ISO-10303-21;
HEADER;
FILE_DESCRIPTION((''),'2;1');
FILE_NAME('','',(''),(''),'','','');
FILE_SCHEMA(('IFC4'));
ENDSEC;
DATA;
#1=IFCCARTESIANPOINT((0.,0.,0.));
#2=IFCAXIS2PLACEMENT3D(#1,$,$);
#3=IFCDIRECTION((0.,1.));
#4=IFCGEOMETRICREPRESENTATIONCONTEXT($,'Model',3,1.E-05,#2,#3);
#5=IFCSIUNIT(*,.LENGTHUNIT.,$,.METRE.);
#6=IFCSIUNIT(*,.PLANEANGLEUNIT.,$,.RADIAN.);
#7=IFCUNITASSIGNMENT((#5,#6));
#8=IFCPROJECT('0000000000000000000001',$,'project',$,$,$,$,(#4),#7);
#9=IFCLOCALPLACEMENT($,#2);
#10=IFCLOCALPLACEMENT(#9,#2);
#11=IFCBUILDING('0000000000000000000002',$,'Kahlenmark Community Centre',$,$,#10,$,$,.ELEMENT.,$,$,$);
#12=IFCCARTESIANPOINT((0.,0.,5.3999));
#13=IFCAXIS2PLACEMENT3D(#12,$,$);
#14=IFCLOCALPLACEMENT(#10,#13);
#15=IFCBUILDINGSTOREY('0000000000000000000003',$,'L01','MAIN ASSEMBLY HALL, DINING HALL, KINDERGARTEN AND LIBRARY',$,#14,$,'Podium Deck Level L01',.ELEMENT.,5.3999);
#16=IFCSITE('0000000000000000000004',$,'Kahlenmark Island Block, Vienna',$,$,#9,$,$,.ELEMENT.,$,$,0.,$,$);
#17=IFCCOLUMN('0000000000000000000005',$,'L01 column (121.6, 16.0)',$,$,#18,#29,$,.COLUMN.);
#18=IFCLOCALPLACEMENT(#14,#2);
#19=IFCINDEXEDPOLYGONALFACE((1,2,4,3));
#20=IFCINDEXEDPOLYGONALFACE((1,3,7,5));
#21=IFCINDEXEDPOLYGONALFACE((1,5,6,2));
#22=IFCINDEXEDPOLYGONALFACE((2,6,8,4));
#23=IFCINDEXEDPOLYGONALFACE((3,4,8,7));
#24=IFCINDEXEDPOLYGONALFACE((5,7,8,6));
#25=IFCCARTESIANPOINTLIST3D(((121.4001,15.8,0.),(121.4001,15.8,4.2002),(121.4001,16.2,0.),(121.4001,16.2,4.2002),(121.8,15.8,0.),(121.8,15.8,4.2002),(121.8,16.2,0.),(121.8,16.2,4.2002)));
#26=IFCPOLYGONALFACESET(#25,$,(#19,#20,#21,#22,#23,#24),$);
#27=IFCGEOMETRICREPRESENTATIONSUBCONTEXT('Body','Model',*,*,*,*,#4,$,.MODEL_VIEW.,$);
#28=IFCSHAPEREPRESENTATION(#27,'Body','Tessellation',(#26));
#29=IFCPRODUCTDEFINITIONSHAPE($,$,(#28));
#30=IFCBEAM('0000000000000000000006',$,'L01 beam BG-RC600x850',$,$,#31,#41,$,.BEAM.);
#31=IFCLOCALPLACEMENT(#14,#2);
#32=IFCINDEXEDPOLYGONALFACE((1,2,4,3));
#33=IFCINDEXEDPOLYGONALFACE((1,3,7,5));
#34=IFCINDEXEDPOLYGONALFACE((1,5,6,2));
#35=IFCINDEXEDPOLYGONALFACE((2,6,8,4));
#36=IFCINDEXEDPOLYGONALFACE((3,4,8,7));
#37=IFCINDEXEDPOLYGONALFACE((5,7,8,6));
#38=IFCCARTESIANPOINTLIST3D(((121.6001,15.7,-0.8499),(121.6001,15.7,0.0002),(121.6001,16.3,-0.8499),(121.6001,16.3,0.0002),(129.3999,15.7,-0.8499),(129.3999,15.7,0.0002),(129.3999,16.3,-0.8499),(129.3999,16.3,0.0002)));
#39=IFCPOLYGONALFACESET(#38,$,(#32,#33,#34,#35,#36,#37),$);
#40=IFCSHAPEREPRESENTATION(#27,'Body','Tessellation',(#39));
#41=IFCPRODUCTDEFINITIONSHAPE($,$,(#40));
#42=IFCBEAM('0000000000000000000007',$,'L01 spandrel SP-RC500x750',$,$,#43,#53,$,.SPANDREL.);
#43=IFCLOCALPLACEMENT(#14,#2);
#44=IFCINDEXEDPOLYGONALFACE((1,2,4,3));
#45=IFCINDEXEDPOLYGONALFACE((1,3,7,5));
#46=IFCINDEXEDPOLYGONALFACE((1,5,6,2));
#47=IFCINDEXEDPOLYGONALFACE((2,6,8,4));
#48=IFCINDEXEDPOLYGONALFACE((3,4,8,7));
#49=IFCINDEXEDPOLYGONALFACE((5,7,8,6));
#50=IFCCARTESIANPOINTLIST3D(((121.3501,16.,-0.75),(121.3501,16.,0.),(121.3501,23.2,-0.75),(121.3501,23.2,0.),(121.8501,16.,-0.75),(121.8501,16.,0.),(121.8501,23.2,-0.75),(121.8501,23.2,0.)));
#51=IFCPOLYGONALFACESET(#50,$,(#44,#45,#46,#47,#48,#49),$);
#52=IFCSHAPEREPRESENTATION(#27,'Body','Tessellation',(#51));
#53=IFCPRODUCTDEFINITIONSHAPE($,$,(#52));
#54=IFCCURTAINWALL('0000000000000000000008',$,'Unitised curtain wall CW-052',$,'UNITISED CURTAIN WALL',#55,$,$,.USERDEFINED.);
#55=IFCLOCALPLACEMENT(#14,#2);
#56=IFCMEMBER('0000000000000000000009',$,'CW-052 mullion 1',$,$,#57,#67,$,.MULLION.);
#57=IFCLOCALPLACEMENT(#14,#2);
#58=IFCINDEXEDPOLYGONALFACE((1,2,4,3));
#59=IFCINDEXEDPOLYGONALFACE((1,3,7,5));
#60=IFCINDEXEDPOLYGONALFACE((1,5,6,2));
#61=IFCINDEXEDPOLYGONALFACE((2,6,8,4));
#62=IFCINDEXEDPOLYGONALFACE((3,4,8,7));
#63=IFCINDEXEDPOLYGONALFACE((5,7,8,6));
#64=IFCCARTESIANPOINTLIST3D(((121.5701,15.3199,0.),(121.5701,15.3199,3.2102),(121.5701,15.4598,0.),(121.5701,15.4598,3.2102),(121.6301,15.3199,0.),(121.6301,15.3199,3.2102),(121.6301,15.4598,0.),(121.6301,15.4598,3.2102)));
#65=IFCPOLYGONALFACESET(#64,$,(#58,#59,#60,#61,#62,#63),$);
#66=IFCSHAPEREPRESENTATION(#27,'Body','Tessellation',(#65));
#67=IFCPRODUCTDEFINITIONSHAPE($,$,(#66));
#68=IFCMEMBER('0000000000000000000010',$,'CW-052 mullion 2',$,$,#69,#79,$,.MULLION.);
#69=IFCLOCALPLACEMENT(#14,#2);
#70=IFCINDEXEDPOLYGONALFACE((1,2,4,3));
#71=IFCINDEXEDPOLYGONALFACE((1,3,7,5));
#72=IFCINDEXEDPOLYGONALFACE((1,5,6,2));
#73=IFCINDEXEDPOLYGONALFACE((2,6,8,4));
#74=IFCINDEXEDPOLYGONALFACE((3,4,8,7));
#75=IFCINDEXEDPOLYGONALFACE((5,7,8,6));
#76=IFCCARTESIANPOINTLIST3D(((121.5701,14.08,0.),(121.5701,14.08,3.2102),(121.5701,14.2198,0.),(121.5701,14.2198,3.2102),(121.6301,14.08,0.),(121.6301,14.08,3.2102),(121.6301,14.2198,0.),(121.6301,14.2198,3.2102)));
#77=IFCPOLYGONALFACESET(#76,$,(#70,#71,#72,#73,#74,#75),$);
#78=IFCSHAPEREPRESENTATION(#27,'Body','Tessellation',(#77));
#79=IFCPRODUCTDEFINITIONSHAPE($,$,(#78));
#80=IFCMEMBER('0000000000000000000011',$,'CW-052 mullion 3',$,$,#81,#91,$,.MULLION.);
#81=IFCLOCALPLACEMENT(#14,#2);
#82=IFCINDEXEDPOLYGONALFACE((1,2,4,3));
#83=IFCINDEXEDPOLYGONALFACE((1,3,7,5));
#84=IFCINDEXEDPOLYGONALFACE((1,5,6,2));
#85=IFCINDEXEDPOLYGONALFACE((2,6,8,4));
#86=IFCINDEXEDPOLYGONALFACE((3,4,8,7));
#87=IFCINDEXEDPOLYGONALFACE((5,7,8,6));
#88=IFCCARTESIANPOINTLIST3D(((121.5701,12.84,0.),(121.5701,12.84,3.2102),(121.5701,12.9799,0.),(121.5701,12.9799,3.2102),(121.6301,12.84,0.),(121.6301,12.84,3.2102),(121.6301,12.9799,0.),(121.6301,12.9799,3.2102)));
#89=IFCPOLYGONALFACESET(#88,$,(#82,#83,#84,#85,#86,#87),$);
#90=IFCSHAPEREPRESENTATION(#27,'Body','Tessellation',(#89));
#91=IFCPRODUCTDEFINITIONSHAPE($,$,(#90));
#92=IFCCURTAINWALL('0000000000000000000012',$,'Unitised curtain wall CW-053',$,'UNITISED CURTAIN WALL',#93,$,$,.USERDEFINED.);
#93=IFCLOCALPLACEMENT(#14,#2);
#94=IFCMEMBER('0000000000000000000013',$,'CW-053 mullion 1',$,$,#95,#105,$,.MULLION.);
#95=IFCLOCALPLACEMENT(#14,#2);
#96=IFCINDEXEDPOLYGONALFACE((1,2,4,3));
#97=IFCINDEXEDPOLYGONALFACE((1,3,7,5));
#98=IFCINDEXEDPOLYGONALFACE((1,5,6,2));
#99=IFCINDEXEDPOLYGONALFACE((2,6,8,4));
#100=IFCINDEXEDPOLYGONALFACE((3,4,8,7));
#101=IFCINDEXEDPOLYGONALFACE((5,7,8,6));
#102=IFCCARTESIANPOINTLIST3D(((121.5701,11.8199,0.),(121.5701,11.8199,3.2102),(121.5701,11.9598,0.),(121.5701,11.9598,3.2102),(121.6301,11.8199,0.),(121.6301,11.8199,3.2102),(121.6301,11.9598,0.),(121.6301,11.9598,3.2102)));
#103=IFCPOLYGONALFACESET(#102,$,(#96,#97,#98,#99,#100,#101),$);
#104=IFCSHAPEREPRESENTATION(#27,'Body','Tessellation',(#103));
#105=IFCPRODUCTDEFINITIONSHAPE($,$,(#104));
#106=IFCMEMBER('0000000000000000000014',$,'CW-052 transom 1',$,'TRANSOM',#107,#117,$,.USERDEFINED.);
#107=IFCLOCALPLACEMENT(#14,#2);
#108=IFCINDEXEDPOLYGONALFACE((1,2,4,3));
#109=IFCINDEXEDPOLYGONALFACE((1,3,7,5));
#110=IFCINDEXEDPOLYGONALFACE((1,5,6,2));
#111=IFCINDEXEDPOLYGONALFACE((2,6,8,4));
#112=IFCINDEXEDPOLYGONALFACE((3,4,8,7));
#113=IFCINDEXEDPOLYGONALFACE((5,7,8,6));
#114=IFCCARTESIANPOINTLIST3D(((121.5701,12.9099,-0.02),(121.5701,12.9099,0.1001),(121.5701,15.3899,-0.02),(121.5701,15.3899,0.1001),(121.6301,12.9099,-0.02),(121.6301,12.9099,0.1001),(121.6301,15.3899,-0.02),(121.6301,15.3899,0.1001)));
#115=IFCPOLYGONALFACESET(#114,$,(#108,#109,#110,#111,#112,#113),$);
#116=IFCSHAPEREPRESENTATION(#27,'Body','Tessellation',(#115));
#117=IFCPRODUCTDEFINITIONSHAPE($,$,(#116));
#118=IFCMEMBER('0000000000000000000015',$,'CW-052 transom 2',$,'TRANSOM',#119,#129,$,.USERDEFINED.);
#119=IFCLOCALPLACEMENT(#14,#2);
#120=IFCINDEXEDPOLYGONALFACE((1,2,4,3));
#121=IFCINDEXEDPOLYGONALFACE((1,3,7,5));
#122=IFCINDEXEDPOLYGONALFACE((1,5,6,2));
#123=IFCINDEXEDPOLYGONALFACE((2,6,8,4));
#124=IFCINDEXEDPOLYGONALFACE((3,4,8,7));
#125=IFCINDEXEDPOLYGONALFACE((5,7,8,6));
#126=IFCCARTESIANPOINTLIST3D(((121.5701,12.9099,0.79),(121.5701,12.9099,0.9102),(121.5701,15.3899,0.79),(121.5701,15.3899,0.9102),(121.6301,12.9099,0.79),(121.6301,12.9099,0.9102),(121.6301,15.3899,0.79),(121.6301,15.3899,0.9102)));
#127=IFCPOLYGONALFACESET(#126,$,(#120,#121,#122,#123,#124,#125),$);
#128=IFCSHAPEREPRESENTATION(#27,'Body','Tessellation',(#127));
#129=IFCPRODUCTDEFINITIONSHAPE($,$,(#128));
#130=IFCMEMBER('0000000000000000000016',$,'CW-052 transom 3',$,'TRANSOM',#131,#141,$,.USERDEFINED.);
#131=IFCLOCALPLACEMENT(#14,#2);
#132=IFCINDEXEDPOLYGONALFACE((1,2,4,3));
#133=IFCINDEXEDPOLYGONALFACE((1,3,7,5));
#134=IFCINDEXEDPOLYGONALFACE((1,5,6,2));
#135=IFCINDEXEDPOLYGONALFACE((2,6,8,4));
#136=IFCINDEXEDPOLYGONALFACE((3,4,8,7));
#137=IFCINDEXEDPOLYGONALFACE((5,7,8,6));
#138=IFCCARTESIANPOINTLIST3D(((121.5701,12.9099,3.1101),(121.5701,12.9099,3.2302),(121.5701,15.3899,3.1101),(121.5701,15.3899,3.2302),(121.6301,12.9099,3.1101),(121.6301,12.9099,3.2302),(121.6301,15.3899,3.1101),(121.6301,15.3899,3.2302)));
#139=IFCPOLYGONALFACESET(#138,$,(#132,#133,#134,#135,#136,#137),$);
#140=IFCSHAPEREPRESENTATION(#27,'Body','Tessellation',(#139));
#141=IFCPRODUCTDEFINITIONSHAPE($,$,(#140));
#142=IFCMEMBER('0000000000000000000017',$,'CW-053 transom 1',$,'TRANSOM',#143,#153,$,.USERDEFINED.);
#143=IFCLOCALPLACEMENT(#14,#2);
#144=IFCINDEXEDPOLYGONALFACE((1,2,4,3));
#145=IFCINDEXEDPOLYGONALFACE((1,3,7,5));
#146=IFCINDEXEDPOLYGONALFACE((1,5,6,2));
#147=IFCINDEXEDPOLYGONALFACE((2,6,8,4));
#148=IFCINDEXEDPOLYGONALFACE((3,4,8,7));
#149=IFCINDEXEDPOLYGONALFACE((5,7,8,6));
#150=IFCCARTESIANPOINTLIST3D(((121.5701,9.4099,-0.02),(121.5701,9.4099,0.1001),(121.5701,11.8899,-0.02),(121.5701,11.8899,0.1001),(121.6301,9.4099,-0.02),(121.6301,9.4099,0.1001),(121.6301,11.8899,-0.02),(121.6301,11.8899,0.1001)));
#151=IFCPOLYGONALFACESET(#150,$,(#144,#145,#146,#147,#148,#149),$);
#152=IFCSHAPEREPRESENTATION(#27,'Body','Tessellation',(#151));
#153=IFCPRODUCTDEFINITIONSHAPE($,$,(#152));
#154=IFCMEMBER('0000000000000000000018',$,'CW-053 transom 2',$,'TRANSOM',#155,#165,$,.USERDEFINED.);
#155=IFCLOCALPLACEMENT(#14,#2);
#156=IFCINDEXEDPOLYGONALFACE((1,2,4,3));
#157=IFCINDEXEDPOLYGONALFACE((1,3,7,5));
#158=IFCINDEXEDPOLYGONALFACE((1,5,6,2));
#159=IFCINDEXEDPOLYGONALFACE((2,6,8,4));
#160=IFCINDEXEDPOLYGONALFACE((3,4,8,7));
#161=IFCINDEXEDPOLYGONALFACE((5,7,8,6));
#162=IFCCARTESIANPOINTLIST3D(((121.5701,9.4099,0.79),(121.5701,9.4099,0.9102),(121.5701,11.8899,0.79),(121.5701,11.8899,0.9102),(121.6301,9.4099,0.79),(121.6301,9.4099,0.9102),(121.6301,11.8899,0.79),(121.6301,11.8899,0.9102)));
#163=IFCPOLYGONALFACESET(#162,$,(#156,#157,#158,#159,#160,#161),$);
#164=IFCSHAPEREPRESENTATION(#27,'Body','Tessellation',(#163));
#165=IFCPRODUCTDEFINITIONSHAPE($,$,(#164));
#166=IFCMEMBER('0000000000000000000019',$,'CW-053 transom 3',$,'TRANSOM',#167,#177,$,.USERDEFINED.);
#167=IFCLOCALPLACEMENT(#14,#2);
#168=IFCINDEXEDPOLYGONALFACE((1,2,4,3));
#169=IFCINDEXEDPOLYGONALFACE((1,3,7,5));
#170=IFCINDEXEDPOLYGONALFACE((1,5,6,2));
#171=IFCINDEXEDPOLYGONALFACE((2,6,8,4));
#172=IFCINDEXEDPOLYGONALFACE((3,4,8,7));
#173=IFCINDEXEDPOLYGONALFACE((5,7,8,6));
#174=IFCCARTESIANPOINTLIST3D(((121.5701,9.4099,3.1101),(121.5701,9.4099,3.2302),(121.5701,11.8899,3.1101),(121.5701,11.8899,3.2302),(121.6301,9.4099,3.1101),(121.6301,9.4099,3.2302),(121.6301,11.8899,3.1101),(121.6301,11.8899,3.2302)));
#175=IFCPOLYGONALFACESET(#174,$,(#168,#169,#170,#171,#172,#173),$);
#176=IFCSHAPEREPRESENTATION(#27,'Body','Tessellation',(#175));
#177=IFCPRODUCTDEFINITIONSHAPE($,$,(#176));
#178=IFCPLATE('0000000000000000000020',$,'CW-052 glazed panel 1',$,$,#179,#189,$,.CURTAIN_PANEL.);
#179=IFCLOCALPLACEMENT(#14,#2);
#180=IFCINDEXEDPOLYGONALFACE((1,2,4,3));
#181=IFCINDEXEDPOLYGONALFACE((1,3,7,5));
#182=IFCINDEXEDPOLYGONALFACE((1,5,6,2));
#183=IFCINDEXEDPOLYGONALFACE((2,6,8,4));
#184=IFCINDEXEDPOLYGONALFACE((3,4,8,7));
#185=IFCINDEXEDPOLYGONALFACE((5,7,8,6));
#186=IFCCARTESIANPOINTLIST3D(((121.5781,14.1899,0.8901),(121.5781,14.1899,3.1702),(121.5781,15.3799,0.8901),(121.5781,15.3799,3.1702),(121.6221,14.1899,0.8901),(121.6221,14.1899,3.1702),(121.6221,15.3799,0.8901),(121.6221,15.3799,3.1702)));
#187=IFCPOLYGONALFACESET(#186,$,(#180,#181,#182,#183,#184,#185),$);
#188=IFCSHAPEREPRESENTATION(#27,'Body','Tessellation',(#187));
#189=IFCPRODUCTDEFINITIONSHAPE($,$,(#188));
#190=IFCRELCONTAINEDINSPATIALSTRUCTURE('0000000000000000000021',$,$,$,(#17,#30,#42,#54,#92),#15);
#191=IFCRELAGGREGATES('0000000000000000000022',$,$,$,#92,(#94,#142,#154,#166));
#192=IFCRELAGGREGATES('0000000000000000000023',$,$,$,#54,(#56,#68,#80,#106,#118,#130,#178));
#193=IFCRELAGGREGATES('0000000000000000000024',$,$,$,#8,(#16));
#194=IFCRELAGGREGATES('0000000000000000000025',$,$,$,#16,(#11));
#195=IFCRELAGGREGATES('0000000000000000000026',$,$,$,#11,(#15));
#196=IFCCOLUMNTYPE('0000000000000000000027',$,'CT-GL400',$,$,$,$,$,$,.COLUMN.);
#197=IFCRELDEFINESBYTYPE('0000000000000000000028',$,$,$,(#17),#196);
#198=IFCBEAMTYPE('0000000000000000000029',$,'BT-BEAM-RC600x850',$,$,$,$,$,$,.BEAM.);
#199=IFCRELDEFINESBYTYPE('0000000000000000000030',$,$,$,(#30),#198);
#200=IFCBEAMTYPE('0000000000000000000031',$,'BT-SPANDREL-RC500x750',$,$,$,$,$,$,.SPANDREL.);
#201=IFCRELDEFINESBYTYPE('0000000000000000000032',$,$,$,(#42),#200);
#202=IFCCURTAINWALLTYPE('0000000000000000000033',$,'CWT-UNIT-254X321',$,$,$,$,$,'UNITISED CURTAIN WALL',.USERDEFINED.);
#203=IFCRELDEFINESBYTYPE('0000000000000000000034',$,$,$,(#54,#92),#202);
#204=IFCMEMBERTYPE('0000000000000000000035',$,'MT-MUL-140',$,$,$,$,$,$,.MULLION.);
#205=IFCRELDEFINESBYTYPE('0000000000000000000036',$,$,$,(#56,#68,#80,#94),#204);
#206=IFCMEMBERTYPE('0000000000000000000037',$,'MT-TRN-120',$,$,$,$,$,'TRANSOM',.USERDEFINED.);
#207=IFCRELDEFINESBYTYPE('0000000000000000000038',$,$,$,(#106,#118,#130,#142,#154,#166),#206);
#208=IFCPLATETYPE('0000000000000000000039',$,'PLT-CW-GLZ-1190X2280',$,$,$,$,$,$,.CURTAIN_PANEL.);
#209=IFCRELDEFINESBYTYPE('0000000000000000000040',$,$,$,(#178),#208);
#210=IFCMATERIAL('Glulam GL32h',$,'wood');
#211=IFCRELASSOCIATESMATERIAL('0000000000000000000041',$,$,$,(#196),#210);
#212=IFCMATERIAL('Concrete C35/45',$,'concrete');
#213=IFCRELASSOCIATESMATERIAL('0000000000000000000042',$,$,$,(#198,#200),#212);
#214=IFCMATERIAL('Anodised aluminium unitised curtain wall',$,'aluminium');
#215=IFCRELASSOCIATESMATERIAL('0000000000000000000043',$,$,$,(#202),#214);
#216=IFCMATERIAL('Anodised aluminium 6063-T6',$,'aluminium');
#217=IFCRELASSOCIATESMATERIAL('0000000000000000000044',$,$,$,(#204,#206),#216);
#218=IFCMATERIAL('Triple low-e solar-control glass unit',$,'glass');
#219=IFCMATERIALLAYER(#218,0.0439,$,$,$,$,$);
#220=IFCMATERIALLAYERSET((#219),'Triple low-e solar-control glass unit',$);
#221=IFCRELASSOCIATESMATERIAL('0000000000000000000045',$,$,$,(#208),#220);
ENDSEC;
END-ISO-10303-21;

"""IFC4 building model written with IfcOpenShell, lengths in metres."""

from ifc_helpers import new_model, si_unit, direction, frame, origin, origin_2d, place, context, subcontext, project, spatial, rectangle, extrude, material, layer, layer_set, material_profile, profile_set, type_object, element, aggregate, save


model = new_model("IFC4")

# Units and contexts
model_context = context("Model", 3, precision=1e-05, world=origin(), true_north=direction((0.0, 1.0)))
body_context = subcontext(model_context, "Body", "Model", "MODEL_VIEW")
ifc_project = project(units=[si_unit("LENGTHUNIT", "METRE"), si_unit("PLANEANGLEUNIT", "RADIAN")], contexts=[model_context])

# Site, building, storey
site_placement = place(None, origin())
site = spatial("IfcSite", under=ifc_project, at=site_placement, Name="Kahlenmark Island Block, Vienna", CompositionType="ELEMENT", RefElevation=0.0)
building_placement = place(site_placement, origin())
building = spatial("IfcBuilding", under=site, at=building_placement, Name="Kahlenmark Community Centre", CompositionType="ELEMENT")
storey_placement = place(building_placement, frame((0.0, 0.0, 5.3999)))
storey = spatial("IfcBuildingStorey", under=building, at=storey_placement, Name="L01", Description="MAIN ASSEMBLY HALL, DINING HALL, KINDERGARTEN AND LIBRARY", LongName="Podium Deck Level L01", CompositionType="ELEMENT", Elevation=5.3999)

# Column
ifc_material_1 = material(Name="Glulam GL32h", Category="wood")
ifc_material_profile_1 = material_profile(ifc_material_1, rectangle(XDim=0.3999, YDim=0.3999, at=origin_2d()), Name="GL32h 400x400")
ifc_profile_set_1 = profile_set([ifc_material_profile_1], Name="Glulam GL32h")
column_type = type_object("IfcColumnType", Name="CT-GL400", PredefinedType="COLUMN", material=ifc_profile_set_1)
column_placement = place(storey_placement, frame((121.6001, 16.0, 0.0), z_axis=(0.0, 0.0, 1.0), x_axis=(1.0, 0.0, 0.0)))
element("IfcColumn", 1, at=column_placement, inside=storey, type_object=column_type, Name="L01 column (121.6, 16.0)", PredefinedType="COLUMN", context=body_context, shape_type="SweptSolid", body=[
    extrude(rectangle(XDim=0.3999, YDim=0.3999, at=origin_2d()), origin(), (0.0, 0.0, 1.0), 4.2002),
])

# Beams
ifc_material_2 = material(Name="Concrete C35/45", Category="concrete")
ifc_material_profile_2 = material_profile(ifc_material_2, rectangle(XDim=0.6001, YDim=0.8501, at=origin_2d()), Name="RC 600x850")
ifc_profile_set_2 = profile_set([ifc_material_profile_2], Name="Concrete C35/45")
beam_type_1 = type_object("IfcBeamType", Name="BT-BEAM-RC600x850", PredefinedType="BEAM", material=ifc_profile_set_2)
beam_1_placement = place(storey_placement, frame((121.6001, 16.0, -0.4248), z_axis=(1.0, 0.0, 0.0), x_axis=(0.0, 1.0, 0.0)))
element("IfcBeam", 2, at=beam_1_placement, inside=storey, type_object=beam_type_1, Name="L01 beam BG-RC600x850", PredefinedType="BEAM", context=body_context, shape_type="SweptSolid", body=[
    extrude(rectangle(XDim=0.6001, YDim=0.8501, at=origin_2d()), origin(), (0.0, 0.0, 1.0), 7.7998),
])
ifc_material_profile_3 = material_profile(ifc_material_2, rectangle(XDim=0.5, YDim=0.75, at=origin_2d()), Name="RC 500x750")
ifc_profile_set_3 = profile_set([ifc_material_profile_3], Name="Concrete C35/45")
beam_type_2 = type_object("IfcBeamType", Name="BT-SPANDREL-RC500x750", PredefinedType="SPANDREL", material=ifc_profile_set_3)
beam_2_placement = place(storey_placement, frame((121.6001, 16.0, -0.375), z_axis=(0.0, 1.0, 0.0), x_axis=(-1.0, 0.0, 0.0)))
element("IfcBeam", 3, at=beam_2_placement, inside=storey, type_object=beam_type_2, Name="L01 spandrel SP-RC500x750", PredefinedType="SPANDREL", context=body_context, shape_type="SweptSolid", body=[
    extrude(rectangle(XDim=0.5, YDim=0.75, at=origin_2d()), origin(), (0.0, 0.0, 1.0), 7.2),
])

# Curtain wall, members
ifc_material_3 = material(Name="Anodised aluminium unitised curtain wall", Category="aluminium")
curtain_wall_type = type_object("IfcCurtainWallType", Name="CWT-UNIT-254X321", ElementType="UNITISED CURTAIN WALL", PredefinedType="USERDEFINED", material=ifc_material_3)
curtain_wall_1_placement = place(storey_placement, origin())
curtain_wall_1 = element("IfcCurtainWall", 4, at=curtain_wall_1_placement, inside=storey, type_object=curtain_wall_type, Name="Unitised curtain wall CW-052", ObjectType="UNITISED CURTAIN WALL", PredefinedType="USERDEFINED")
ifc_material_4 = material(Name="Anodised aluminium 6063-T6", Category="aluminium")
ifc_material_profile_4 = material_profile(ifc_material_4, rectangle(XDim=0.0601, YDim=0.1399, at=origin_2d()), Name="ALU MULLION 60x140")
ifc_profile_set_4 = profile_set([ifc_material_profile_4], Name="Anodised aluminium 6063-T6")
member_type_1 = type_object("IfcMemberType", Name="MT-MUL-140", PredefinedType="MULLION", material=ifc_profile_set_4)
member_1_placement = place(storey_placement, frame((121.6001, 15.3899, 0.0), z_axis=(0.0, 0.0, 1.0), x_axis=(1.0, 0.0, 0.0)))
member_1 = element("IfcMember", 5, at=member_1_placement, type_object=member_type_1, Name="CW-052 mullion 1", PredefinedType="MULLION", context=body_context, shape_type="SweptSolid", body=[
    extrude(rectangle(XDim=0.0601, YDim=0.1399, at=origin_2d()), origin(), (0.0, 0.0, 1.0), 3.2102),
])
member_2_placement = place(storey_placement, frame((121.6001, 14.1499, 0.0), z_axis=(0.0, 0.0, 1.0), x_axis=(1.0, 0.0, 0.0)))
member_2 = element("IfcMember", 6, at=member_2_placement, type_object=member_type_1, Name="CW-052 mullion 2", PredefinedType="MULLION", context=body_context, shape_type="SweptSolid", body=[
    extrude(rectangle(XDim=0.0601, YDim=0.1399, at=origin_2d()), origin(), (0.0, 0.0, 1.0), 3.2102),
])
member_3_placement = place(storey_placement, frame((121.6001, 12.9099, 0.0), z_axis=(0.0, 0.0, 1.0), x_axis=(1.0, 0.0, 0.0)))
member_3 = element("IfcMember", 7, at=member_3_placement, type_object=member_type_1, Name="CW-052 mullion 3", PredefinedType="MULLION", context=body_context, shape_type="SweptSolid", body=[
    extrude(rectangle(XDim=0.0601, YDim=0.1399, at=origin_2d()), origin(), (0.0, 0.0, 1.0), 3.2102),
])

# Curtain wall, member
curtain_wall_2_placement = place(storey_placement, origin())
curtain_wall_2 = element("IfcCurtainWall", 8, at=curtain_wall_2_placement, inside=storey, type_object=curtain_wall_type, Name="Unitised curtain wall CW-053", ObjectType="UNITISED CURTAIN WALL", PredefinedType="USERDEFINED")
member_4_placement = place(storey_placement, frame((121.6001, 11.8899, 0.0), z_axis=(0.0, 0.0, 1.0), x_axis=(1.0, 0.0, 0.0)))
member_4 = element("IfcMember", 9, at=member_4_placement, type_object=member_type_1, Name="CW-053 mullion 1", PredefinedType="MULLION", context=body_context, shape_type="SweptSolid", body=[
    extrude(rectangle(XDim=0.0601, YDim=0.1399, at=origin_2d()), origin(), (0.0, 0.0, 1.0), 3.2102),
])

# Members
ifc_material_profile_5 = material_profile(ifc_material_4, rectangle(XDim=0.0601, YDim=0.1201, at=origin_2d()), Name="ALU TRANSOM 60x120")
ifc_profile_set_5 = profile_set([ifc_material_profile_5], Name="Anodised aluminium 6063-T6")
member_type_2 = type_object("IfcMemberType", Name="MT-TRN-120", ElementType="TRANSOM", PredefinedType="USERDEFINED", material=ifc_profile_set_5)
member_5_placement = place(storey_placement, frame((121.6001, 15.3899, 0.04), z_axis=(0.0, -1.0, 0.0), x_axis=(1.0, 0.0, 0.0)))
member_5 = element("IfcMember", 10, at=member_5_placement, type_object=member_type_2, Name="CW-052 transom 1", ObjectType="TRANSOM", PredefinedType="USERDEFINED", context=body_context, shape_type="SweptSolid", body=[
    extrude(rectangle(XDim=0.0601, YDim=0.1201, at=origin_2d()), origin(), (0.0, 0.0, 1.0), 2.48),
])
member_6_placement = place(storey_placement, frame((121.6001, 15.3899, 0.8501), z_axis=(0.0, -1.0, 0.0), x_axis=(1.0, 0.0, 0.0)))
member_6 = element("IfcMember", 11, at=member_6_placement, type_object=member_type_2, Name="CW-052 transom 2", ObjectType="TRANSOM", PredefinedType="USERDEFINED", context=body_context, shape_type="SweptSolid", body=[
    extrude(rectangle(XDim=0.0601, YDim=0.1201, at=origin_2d()), origin(), (0.0, 0.0, 1.0), 2.48),
])
member_7_placement = place(storey_placement, frame((121.6001, 15.3899, 3.1702), z_axis=(0.0, -1.0, 0.0), x_axis=(1.0, 0.0, 0.0)))
member_7 = element("IfcMember", 12, at=member_7_placement, type_object=member_type_2, Name="CW-052 transom 3", ObjectType="TRANSOM", PredefinedType="USERDEFINED", context=body_context, shape_type="SweptSolid", body=[
    extrude(rectangle(XDim=0.0601, YDim=0.1201, at=origin_2d()), origin(), (0.0, 0.0, 1.0), 2.48),
])
member_8_placement = place(storey_placement, frame((121.6001, 11.8899, 0.04), z_axis=(0.0, -1.0, 0.0), x_axis=(1.0, 0.0, 0.0)))
member_8 = element("IfcMember", 13, at=member_8_placement, type_object=member_type_2, Name="CW-053 transom 1", ObjectType="TRANSOM", PredefinedType="USERDEFINED", context=body_context, shape_type="SweptSolid", body=[
    extrude(rectangle(XDim=0.0601, YDim=0.1201, at=origin_2d()), origin(), (0.0, 0.0, 1.0), 2.48),
])
member_9_placement = place(storey_placement, frame((121.6001, 11.8899, 0.8501), z_axis=(0.0, -1.0, 0.0), x_axis=(1.0, 0.0, 0.0)))
member_9 = element("IfcMember", 14, at=member_9_placement, type_object=member_type_2, Name="CW-053 transom 2", ObjectType="TRANSOM", PredefinedType="USERDEFINED", context=body_context, shape_type="SweptSolid", body=[
    extrude(rectangle(XDim=0.0601, YDim=0.1201, at=origin_2d()), origin(), (0.0, 0.0, 1.0), 2.48),
])
member_10_placement = place(storey_placement, frame((121.6001, 11.8899, 3.1702), z_axis=(0.0, -1.0, 0.0), x_axis=(1.0, 0.0, 0.0)))
member_10 = element("IfcMember", 15, at=member_10_placement, type_object=member_type_2, Name="CW-053 transom 3", ObjectType="TRANSOM", PredefinedType="USERDEFINED", context=body_context, shape_type="SweptSolid", body=[
    extrude(rectangle(XDim=0.0601, YDim=0.1201, at=origin_2d()), origin(), (0.0, 0.0, 1.0), 2.48),
])

# Plate
ifc_material_5 = material(Name="Triple low-e solar-control glass unit", Category="glass")
ifc_layer_1 = layer(ifc_material_5, 0.0439)
ifc_layer_set_1 = layer_set([ifc_layer_1], Name="Triple low-e solar-control glass unit")
plate_type_1 = type_object("IfcPlateType", Name="PLT-CW-GLZ-1190X2280", PredefinedType="CURTAIN_PANEL", material=ifc_layer_set_1)
plate_1_placement = place(storey_placement, frame((121.6001, 14.7849, 0.8901), z_axis=(0.0, 0.0, 1.0), x_axis=(0.0, -1.0, 0.0)))
plate_1 = element("IfcPlate", 16, at=plate_1_placement, type_object=plate_type_1, Name="CW-052 glazed panel 1", PredefinedType="CURTAIN_PANEL", context=body_context, shape_type="SweptSolid", body=[
    extrude(rectangle(XDim=1.1899, YDim=0.0439, at=origin_2d()), origin(), (0.0, 0.0, 1.0), 2.28),
])
aggregate(curtain_wall_2, [member_4, member_8, member_9, member_10])
aggregate(curtain_wall_1, [member_1, member_2, member_3, member_5, member_6, member_7, plate_1])

save(model, "model.ifc")
